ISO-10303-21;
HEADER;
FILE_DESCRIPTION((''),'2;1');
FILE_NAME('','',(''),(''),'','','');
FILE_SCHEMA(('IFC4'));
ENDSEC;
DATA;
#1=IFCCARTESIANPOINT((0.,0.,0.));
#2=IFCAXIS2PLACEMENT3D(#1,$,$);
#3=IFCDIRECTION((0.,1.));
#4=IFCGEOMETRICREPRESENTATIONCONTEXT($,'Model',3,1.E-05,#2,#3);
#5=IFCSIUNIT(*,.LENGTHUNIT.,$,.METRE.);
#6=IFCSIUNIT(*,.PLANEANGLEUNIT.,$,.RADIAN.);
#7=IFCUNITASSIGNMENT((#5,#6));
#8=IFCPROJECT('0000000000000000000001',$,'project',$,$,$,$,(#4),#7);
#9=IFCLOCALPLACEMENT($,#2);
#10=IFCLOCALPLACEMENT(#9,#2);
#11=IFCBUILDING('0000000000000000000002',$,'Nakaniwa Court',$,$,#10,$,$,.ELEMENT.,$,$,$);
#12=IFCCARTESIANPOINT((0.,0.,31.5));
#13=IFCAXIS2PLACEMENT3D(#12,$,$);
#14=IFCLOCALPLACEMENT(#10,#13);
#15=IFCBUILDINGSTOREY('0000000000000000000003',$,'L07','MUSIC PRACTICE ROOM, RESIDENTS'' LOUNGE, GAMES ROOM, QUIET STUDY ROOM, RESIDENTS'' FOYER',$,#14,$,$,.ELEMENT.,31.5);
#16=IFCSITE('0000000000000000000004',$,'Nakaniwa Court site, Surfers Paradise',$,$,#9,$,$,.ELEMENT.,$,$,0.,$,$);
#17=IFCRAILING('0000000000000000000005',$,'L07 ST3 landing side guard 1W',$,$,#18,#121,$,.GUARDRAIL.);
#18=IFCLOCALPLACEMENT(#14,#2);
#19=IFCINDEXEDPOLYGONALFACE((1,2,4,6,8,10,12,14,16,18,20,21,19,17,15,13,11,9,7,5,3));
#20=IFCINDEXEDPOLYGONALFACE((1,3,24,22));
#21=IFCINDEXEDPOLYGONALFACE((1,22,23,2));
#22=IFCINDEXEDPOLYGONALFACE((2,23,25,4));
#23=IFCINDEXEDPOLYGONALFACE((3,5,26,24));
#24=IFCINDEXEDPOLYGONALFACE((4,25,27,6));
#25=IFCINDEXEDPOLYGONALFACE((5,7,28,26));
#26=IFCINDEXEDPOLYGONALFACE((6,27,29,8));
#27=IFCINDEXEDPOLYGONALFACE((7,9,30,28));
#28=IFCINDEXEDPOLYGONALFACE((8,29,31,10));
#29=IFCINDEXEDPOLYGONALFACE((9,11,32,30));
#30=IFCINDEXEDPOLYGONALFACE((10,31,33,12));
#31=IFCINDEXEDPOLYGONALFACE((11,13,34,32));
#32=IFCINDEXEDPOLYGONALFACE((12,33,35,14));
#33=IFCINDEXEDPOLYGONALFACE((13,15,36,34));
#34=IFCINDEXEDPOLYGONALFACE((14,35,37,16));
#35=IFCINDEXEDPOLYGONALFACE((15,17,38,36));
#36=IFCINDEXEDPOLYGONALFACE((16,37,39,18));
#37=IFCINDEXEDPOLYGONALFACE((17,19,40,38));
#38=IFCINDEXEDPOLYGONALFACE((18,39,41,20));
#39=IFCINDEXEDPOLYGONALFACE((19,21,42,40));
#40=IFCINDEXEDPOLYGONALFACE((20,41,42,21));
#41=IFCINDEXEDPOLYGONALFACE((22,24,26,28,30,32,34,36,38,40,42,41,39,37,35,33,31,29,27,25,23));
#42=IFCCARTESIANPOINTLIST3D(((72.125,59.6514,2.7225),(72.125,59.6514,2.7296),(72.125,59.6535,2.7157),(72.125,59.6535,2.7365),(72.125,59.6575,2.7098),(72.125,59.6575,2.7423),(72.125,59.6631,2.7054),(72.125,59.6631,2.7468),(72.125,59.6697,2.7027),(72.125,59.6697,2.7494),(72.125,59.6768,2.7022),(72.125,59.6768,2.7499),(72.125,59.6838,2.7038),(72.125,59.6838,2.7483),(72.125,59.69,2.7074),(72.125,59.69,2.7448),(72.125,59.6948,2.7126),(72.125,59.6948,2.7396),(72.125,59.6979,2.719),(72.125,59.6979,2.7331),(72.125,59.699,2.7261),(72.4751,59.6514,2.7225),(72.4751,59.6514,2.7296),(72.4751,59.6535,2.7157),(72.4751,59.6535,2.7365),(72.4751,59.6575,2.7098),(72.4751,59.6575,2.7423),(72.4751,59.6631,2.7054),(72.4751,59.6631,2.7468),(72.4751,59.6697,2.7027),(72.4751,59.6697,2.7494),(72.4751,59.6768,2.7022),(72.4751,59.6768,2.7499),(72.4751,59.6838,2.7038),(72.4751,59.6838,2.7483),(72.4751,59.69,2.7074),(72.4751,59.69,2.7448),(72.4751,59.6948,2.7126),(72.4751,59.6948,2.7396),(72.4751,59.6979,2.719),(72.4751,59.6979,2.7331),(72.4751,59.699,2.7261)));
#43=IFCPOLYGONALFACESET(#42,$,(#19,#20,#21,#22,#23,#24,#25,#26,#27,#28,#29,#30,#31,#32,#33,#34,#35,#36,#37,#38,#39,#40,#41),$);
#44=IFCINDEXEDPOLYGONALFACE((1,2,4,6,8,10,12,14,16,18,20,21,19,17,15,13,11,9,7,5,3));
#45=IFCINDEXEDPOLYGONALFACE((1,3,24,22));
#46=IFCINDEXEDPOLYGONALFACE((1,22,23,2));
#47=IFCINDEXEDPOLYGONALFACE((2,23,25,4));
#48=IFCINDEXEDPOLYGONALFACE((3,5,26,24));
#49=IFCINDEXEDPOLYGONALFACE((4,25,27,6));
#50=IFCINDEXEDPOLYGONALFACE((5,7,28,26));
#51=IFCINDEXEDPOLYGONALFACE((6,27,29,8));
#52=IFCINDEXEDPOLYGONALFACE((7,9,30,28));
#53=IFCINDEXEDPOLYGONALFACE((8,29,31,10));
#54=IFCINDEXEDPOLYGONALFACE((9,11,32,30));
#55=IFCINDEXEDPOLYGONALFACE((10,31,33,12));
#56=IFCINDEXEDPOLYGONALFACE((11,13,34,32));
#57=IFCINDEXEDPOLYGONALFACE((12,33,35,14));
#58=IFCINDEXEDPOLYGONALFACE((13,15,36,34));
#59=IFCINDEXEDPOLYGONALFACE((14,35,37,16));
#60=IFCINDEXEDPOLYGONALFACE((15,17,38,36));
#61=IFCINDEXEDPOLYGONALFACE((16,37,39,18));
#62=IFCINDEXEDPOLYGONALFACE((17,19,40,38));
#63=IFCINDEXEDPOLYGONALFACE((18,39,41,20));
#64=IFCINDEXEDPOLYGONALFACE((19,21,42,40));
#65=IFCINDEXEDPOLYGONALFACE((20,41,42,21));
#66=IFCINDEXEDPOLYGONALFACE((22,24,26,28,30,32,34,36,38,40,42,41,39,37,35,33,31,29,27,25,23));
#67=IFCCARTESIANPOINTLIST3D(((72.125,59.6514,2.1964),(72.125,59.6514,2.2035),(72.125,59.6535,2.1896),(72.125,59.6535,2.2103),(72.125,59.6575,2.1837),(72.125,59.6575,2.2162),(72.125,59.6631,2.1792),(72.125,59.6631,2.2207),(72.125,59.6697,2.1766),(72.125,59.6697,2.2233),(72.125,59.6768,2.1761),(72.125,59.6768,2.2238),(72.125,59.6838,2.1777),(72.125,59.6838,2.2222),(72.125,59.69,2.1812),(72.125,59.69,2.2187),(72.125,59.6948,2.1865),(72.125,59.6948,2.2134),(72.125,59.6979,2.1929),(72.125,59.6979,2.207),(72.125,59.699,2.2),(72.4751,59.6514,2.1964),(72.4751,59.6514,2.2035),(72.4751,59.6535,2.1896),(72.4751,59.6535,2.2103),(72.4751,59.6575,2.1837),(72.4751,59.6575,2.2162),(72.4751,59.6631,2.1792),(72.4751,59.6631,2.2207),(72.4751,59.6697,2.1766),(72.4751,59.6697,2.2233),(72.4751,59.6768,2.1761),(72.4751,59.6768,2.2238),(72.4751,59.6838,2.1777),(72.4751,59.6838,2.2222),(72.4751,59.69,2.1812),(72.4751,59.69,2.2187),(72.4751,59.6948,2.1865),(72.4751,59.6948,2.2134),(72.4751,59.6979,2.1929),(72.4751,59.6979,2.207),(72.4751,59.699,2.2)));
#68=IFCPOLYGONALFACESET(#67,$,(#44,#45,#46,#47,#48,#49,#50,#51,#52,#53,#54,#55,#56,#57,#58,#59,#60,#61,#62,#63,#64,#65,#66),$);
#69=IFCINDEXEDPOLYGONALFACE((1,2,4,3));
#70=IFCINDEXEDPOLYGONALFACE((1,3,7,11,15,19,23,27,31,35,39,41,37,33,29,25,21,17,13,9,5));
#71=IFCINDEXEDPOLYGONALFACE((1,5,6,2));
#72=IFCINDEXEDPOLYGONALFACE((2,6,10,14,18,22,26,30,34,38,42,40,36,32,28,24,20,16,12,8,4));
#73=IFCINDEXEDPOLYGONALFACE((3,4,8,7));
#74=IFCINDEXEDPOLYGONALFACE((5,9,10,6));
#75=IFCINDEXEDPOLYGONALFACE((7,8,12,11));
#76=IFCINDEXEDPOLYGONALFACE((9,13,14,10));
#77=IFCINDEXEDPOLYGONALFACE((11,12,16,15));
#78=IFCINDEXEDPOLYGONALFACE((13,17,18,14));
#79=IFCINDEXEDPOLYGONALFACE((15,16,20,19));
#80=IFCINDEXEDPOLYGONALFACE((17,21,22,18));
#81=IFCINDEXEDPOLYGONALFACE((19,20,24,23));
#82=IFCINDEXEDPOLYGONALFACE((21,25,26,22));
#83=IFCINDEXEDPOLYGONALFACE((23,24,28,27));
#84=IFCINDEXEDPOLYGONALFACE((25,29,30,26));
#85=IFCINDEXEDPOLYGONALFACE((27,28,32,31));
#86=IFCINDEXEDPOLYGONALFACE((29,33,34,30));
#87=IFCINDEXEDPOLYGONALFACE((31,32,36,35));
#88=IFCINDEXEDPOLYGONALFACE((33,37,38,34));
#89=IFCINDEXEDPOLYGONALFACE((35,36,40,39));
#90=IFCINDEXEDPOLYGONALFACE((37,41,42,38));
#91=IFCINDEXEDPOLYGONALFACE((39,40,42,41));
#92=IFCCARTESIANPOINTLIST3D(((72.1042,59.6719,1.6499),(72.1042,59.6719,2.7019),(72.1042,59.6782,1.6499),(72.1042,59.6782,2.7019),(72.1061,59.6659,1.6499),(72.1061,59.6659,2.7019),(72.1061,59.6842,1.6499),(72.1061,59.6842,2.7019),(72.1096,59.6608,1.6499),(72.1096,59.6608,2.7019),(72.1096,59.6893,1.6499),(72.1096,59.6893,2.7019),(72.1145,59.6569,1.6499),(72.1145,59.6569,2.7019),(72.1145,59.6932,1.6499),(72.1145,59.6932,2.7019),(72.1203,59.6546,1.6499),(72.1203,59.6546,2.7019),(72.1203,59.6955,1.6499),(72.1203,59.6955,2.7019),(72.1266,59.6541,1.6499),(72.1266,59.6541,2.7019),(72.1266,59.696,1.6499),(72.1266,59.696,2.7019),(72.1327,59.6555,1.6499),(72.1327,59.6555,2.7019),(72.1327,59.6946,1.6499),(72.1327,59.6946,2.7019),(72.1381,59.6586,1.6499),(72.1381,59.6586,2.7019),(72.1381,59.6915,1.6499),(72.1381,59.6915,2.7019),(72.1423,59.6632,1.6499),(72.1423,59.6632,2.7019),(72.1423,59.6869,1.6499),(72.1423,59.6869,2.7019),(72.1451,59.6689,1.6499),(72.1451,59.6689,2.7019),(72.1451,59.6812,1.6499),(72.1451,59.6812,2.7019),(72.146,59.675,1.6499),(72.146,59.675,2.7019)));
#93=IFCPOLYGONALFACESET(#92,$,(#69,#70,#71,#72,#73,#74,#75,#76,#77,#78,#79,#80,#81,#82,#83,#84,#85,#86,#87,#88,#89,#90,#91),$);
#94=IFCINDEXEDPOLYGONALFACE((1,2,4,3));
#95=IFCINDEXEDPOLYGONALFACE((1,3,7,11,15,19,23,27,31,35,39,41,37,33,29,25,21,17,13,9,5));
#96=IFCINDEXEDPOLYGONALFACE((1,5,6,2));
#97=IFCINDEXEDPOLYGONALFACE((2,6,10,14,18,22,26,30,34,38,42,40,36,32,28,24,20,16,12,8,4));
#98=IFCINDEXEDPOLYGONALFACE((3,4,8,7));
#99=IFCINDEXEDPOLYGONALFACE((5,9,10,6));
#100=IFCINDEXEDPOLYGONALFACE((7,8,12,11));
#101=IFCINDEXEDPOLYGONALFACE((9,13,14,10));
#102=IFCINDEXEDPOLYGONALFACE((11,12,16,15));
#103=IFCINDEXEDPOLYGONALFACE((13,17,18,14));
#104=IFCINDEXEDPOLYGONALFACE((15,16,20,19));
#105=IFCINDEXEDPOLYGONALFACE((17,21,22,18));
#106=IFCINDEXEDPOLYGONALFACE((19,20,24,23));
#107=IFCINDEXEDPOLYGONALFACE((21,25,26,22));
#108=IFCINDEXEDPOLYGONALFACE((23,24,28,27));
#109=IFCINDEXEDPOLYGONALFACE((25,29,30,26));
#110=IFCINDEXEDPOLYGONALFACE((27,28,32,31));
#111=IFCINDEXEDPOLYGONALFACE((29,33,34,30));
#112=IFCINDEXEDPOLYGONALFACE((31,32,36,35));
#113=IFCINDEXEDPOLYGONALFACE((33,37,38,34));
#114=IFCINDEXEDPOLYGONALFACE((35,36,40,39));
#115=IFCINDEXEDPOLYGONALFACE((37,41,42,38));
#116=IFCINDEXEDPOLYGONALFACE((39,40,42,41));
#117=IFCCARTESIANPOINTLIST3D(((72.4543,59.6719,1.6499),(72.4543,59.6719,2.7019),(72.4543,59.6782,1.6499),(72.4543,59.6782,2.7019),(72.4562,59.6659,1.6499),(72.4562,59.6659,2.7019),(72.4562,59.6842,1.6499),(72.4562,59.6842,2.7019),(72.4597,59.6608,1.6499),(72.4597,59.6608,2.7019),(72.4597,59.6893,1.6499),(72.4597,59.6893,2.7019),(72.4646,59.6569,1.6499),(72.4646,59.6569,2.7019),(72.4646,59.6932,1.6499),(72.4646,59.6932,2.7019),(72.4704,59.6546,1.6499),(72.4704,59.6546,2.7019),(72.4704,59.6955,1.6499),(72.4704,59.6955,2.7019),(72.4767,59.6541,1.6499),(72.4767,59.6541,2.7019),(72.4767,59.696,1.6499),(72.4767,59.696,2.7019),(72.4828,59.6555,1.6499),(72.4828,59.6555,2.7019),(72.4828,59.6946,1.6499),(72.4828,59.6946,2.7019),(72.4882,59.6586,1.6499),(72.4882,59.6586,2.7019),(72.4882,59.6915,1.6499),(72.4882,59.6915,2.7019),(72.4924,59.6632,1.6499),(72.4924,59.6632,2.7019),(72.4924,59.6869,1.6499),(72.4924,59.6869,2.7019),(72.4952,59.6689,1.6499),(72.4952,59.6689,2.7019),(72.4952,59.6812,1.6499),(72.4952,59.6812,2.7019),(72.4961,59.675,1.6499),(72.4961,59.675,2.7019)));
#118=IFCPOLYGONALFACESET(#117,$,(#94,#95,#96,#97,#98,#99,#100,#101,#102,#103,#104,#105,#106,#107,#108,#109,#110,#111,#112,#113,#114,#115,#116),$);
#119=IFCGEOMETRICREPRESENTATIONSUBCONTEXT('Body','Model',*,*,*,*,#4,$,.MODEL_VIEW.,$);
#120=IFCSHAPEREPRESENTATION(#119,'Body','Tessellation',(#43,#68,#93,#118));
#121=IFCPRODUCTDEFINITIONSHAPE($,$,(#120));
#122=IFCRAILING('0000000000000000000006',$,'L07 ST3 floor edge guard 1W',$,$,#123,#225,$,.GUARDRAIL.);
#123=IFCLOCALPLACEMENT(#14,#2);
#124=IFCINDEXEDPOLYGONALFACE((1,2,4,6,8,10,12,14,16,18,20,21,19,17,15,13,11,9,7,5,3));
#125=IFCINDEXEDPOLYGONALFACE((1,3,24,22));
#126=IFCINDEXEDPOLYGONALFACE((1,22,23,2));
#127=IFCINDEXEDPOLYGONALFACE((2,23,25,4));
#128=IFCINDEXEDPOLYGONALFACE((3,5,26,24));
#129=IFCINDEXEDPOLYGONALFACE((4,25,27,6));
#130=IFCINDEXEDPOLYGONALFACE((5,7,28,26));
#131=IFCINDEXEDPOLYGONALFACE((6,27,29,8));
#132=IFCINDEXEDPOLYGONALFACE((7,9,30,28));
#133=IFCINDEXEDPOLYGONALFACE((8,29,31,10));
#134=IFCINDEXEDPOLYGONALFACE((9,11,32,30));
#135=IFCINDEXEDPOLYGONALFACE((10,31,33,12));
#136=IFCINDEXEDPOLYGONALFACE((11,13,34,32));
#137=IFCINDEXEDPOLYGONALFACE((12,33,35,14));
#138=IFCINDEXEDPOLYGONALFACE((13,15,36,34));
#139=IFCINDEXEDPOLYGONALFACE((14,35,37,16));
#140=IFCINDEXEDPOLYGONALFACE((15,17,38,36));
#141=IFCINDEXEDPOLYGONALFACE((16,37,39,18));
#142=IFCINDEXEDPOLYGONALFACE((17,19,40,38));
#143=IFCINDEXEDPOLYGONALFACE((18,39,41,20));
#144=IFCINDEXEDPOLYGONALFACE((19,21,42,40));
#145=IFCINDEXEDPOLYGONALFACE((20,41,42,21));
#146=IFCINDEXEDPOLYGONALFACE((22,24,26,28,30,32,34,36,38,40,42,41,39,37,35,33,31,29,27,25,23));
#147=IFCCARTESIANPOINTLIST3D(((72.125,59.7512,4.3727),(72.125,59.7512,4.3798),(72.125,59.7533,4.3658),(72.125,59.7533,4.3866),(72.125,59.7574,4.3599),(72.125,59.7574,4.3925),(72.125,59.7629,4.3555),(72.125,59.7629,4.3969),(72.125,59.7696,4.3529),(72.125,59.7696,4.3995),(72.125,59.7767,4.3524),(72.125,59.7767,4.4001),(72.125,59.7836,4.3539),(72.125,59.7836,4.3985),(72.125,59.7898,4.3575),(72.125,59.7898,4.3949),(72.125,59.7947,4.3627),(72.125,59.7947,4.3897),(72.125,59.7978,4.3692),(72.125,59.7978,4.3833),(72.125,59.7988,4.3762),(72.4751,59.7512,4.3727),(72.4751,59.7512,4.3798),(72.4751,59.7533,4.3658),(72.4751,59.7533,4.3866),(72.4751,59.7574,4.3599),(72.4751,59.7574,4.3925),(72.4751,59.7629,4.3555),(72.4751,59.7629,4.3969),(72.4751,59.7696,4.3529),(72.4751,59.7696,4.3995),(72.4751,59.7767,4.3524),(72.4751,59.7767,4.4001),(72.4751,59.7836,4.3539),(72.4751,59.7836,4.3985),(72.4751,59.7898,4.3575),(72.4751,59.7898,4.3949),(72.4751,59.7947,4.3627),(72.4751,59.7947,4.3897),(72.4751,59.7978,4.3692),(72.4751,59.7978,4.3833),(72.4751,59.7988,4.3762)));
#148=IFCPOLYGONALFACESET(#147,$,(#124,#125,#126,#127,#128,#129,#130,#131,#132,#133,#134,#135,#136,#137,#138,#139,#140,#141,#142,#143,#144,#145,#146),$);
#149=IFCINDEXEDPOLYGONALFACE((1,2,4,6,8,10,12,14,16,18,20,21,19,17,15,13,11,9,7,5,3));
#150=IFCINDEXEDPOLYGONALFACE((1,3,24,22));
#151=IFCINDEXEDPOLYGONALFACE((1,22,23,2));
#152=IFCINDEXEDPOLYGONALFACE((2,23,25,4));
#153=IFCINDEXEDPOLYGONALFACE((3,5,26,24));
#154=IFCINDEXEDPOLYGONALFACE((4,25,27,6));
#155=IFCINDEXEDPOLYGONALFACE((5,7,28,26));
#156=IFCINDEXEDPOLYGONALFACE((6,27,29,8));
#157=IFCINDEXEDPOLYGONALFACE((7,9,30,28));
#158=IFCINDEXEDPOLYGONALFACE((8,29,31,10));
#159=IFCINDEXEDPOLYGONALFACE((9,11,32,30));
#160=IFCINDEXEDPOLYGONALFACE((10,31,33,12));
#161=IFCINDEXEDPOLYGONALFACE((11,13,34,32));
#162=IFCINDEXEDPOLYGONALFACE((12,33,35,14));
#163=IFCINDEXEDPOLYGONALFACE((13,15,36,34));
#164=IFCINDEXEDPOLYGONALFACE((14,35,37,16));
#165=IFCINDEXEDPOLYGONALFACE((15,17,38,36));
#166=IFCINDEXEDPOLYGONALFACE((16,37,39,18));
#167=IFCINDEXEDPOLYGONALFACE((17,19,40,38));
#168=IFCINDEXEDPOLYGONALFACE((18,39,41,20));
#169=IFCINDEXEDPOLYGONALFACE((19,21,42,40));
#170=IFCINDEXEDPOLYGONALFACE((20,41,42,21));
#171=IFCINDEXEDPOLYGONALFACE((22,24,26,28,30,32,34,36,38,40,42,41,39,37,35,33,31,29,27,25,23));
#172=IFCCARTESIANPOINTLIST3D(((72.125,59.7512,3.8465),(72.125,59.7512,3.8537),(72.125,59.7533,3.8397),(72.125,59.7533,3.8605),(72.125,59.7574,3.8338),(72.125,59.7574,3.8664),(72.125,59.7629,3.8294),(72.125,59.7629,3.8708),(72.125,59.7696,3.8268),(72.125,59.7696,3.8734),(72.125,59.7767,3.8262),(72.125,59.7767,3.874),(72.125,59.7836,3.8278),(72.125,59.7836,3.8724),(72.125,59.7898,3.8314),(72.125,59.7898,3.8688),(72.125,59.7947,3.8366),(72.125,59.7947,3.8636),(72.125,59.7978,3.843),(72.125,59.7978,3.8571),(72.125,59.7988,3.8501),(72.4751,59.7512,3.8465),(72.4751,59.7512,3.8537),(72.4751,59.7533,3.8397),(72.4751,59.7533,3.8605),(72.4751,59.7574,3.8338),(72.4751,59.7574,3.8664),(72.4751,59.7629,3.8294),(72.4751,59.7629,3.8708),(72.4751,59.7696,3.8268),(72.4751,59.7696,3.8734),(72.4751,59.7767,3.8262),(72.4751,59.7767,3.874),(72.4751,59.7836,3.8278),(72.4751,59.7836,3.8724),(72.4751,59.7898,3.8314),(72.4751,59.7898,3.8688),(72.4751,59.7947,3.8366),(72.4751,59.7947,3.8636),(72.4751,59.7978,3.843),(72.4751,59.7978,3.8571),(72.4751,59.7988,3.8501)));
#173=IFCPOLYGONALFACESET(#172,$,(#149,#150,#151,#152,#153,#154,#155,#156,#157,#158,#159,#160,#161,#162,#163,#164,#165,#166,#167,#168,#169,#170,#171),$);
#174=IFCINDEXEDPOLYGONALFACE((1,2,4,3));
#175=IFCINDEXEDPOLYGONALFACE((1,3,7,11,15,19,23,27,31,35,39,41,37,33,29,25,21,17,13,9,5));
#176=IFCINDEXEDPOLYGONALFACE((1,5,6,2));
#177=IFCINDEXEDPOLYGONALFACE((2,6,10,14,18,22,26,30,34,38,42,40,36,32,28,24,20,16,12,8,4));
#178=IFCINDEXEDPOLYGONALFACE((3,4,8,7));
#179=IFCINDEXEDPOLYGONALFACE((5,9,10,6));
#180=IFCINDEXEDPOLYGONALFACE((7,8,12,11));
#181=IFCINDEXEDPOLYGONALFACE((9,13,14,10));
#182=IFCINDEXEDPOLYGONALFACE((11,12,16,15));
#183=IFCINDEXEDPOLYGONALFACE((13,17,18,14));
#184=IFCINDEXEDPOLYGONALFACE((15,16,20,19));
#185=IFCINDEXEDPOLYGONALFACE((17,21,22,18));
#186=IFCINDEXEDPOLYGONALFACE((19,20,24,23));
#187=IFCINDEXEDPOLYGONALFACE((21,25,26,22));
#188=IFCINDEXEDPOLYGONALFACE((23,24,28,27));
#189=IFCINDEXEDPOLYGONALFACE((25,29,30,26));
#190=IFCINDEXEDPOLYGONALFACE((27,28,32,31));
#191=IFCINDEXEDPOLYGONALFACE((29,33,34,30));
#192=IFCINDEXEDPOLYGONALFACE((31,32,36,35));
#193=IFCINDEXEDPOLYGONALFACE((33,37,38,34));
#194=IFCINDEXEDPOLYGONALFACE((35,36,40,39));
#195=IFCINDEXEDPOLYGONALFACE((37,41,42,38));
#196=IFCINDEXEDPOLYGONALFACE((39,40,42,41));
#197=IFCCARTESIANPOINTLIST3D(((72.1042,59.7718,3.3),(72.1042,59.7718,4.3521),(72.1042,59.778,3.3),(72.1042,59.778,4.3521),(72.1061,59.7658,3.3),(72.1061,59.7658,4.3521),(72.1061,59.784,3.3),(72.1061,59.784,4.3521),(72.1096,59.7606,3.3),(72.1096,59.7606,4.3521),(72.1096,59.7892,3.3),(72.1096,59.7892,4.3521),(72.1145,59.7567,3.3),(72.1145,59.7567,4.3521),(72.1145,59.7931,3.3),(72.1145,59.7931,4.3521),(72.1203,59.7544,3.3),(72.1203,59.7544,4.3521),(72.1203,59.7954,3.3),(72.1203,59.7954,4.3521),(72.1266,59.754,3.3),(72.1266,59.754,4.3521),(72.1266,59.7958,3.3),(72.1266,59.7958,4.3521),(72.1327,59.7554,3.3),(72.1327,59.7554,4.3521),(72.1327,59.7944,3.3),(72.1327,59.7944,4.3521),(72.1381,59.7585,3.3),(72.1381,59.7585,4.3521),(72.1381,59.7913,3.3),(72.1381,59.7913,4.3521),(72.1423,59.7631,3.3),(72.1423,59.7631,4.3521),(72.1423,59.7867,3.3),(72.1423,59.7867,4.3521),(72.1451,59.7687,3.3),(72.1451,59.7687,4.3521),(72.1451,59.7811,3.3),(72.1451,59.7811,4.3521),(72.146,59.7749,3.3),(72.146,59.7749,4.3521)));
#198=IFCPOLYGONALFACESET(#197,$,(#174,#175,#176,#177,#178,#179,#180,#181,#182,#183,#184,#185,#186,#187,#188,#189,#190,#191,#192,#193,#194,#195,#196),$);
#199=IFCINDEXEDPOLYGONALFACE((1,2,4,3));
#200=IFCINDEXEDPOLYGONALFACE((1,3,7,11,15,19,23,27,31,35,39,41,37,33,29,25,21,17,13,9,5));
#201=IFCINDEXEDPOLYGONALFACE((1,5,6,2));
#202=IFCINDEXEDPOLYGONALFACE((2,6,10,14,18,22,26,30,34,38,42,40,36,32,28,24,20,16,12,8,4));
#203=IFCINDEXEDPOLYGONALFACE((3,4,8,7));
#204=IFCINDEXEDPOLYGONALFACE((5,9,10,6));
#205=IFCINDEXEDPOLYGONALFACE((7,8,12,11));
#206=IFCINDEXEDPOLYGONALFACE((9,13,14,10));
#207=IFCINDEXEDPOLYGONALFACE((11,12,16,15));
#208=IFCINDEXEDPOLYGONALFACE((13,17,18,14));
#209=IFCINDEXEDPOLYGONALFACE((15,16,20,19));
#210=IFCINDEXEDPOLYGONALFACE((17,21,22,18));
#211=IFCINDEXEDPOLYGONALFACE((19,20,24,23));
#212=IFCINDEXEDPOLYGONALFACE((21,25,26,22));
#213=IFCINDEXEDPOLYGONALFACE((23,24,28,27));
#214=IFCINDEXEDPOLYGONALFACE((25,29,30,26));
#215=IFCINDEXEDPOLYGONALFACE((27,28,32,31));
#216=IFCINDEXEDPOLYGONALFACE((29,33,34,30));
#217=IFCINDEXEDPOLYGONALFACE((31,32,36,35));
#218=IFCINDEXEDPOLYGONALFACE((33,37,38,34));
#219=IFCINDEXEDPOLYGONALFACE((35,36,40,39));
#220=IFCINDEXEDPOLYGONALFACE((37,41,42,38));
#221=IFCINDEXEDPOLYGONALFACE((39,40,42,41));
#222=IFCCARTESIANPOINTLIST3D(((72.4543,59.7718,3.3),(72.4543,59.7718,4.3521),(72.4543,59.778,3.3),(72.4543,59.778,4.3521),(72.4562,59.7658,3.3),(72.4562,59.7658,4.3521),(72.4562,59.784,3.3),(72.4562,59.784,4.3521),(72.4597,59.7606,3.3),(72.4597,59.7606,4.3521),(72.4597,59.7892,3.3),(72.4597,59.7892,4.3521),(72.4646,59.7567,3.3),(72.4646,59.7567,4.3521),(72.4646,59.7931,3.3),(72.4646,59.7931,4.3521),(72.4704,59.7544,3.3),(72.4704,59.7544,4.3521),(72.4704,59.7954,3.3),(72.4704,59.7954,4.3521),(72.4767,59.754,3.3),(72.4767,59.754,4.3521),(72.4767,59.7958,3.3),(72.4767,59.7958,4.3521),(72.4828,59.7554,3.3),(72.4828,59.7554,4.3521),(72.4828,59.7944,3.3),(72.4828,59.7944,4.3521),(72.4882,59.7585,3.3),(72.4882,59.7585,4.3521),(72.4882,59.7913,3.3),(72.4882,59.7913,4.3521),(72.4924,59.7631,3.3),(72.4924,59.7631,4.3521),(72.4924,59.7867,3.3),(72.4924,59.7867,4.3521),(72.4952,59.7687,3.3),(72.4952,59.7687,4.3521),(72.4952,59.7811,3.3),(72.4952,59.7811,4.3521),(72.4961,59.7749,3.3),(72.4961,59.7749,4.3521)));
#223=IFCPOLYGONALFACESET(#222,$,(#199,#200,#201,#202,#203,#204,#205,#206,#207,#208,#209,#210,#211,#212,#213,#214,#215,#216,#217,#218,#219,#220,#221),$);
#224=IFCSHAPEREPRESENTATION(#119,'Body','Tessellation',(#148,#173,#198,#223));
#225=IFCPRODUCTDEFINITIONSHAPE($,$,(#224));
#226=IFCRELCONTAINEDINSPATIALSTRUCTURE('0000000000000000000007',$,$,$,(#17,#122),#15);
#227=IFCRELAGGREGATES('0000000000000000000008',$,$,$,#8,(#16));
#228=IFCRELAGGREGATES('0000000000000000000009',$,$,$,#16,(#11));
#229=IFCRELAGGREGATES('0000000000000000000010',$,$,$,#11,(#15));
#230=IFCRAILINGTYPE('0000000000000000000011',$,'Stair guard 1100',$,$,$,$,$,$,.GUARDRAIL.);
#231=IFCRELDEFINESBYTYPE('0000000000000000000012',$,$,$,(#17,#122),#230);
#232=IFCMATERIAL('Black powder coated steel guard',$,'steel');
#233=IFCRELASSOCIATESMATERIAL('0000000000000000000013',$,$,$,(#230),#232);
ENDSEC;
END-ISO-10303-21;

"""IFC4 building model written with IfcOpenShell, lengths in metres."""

from ifc_helpers import new_model, si_unit, direction, frame, origin, origin_2d, place, context, subcontext, project, spatial, circle, extrude, material, type_object, element, save


model = new_model("IFC4")

# Units and contexts
model_context = context("Model", 3, precision=1e-05, world=origin(), true_north=direction((0.0, 1.0)))
body_context = subcontext(model_context, "Body", "Model", "MODEL_VIEW")
ifc_project = project(units=[si_unit("LENGTHUNIT", "METRE"), si_unit("PLANEANGLEUNIT", "RADIAN")], contexts=[model_context])

# Site, building, storey
site_placement = place(None, origin())
site = spatial("IfcSite", under=ifc_project, at=site_placement, Name="Nakaniwa Court site, Surfers Paradise", CompositionType="ELEMENT", RefElevation=0.0)
building_placement = place(site_placement, origin())
building = spatial("IfcBuilding", under=site, at=building_placement, Name="Nakaniwa Court", CompositionType="ELEMENT")
storey_placement = place(building_placement, frame((0.0, 0.0, 31.5)))
storey = spatial("IfcBuildingStorey", under=building, at=storey_placement, Name="L07", Description="MUSIC PRACTICE ROOM, RESIDENTS' LOUNGE, GAMES ROOM, QUIET STUDY ROOM, RESIDENTS' FOYER", CompositionType="ELEMENT", Elevation=31.5)

# Railings
ifc_material_1 = material(Name="Black powder coated steel guard", Category="steel")
railing_type_1 = type_object("IfcRailingType", Name="Stair guard 1100", PredefinedType="GUARDRAIL", material=ifc_material_1)
for number, where, name in (
    (1, (72.125, 59.675, 1.6499), "L07 ST3 landing side guard 1W"),
    (2, (72.125, 59.7749, 3.3), "L07 ST3 floor edge guard 1W"),
):
    element("IfcRailing", number, at=place(storey_placement, frame(where)), inside=storey, type_object=railing_type_1, Name=name, PredefinedType="GUARDRAIL", context=body_context, shape_type="SweptSolid", body=[
        extrude(circle(Radius=0.0239, at=origin_2d()), frame((0.0, 0.0, 1.0762), z_axis=(1.0, 0.0, 0.0), x_axis=(0.0, 1.0, 0.0)), (0.0, 0.0, 1.0), 0.3501),
        extrude(circle(Radius=0.0239, at=origin_2d()), frame((0.0, 0.0, 0.55), z_axis=(1.0, 0.0, 0.0), x_axis=(0.0, 1.0, 0.0)), (0.0, 0.0, 1.0), 0.3501),
        extrude(circle(Radius=0.021, at=origin_2d()), origin(), (0.0, 0.0, 1.0), 1.052),
        extrude(circle(Radius=0.021, at=origin_2d()), frame((0.3501, 0.0, 0.0)), (0.0, 0.0, 1.0), 1.052),
    ])

save(model, "model.ifc")
